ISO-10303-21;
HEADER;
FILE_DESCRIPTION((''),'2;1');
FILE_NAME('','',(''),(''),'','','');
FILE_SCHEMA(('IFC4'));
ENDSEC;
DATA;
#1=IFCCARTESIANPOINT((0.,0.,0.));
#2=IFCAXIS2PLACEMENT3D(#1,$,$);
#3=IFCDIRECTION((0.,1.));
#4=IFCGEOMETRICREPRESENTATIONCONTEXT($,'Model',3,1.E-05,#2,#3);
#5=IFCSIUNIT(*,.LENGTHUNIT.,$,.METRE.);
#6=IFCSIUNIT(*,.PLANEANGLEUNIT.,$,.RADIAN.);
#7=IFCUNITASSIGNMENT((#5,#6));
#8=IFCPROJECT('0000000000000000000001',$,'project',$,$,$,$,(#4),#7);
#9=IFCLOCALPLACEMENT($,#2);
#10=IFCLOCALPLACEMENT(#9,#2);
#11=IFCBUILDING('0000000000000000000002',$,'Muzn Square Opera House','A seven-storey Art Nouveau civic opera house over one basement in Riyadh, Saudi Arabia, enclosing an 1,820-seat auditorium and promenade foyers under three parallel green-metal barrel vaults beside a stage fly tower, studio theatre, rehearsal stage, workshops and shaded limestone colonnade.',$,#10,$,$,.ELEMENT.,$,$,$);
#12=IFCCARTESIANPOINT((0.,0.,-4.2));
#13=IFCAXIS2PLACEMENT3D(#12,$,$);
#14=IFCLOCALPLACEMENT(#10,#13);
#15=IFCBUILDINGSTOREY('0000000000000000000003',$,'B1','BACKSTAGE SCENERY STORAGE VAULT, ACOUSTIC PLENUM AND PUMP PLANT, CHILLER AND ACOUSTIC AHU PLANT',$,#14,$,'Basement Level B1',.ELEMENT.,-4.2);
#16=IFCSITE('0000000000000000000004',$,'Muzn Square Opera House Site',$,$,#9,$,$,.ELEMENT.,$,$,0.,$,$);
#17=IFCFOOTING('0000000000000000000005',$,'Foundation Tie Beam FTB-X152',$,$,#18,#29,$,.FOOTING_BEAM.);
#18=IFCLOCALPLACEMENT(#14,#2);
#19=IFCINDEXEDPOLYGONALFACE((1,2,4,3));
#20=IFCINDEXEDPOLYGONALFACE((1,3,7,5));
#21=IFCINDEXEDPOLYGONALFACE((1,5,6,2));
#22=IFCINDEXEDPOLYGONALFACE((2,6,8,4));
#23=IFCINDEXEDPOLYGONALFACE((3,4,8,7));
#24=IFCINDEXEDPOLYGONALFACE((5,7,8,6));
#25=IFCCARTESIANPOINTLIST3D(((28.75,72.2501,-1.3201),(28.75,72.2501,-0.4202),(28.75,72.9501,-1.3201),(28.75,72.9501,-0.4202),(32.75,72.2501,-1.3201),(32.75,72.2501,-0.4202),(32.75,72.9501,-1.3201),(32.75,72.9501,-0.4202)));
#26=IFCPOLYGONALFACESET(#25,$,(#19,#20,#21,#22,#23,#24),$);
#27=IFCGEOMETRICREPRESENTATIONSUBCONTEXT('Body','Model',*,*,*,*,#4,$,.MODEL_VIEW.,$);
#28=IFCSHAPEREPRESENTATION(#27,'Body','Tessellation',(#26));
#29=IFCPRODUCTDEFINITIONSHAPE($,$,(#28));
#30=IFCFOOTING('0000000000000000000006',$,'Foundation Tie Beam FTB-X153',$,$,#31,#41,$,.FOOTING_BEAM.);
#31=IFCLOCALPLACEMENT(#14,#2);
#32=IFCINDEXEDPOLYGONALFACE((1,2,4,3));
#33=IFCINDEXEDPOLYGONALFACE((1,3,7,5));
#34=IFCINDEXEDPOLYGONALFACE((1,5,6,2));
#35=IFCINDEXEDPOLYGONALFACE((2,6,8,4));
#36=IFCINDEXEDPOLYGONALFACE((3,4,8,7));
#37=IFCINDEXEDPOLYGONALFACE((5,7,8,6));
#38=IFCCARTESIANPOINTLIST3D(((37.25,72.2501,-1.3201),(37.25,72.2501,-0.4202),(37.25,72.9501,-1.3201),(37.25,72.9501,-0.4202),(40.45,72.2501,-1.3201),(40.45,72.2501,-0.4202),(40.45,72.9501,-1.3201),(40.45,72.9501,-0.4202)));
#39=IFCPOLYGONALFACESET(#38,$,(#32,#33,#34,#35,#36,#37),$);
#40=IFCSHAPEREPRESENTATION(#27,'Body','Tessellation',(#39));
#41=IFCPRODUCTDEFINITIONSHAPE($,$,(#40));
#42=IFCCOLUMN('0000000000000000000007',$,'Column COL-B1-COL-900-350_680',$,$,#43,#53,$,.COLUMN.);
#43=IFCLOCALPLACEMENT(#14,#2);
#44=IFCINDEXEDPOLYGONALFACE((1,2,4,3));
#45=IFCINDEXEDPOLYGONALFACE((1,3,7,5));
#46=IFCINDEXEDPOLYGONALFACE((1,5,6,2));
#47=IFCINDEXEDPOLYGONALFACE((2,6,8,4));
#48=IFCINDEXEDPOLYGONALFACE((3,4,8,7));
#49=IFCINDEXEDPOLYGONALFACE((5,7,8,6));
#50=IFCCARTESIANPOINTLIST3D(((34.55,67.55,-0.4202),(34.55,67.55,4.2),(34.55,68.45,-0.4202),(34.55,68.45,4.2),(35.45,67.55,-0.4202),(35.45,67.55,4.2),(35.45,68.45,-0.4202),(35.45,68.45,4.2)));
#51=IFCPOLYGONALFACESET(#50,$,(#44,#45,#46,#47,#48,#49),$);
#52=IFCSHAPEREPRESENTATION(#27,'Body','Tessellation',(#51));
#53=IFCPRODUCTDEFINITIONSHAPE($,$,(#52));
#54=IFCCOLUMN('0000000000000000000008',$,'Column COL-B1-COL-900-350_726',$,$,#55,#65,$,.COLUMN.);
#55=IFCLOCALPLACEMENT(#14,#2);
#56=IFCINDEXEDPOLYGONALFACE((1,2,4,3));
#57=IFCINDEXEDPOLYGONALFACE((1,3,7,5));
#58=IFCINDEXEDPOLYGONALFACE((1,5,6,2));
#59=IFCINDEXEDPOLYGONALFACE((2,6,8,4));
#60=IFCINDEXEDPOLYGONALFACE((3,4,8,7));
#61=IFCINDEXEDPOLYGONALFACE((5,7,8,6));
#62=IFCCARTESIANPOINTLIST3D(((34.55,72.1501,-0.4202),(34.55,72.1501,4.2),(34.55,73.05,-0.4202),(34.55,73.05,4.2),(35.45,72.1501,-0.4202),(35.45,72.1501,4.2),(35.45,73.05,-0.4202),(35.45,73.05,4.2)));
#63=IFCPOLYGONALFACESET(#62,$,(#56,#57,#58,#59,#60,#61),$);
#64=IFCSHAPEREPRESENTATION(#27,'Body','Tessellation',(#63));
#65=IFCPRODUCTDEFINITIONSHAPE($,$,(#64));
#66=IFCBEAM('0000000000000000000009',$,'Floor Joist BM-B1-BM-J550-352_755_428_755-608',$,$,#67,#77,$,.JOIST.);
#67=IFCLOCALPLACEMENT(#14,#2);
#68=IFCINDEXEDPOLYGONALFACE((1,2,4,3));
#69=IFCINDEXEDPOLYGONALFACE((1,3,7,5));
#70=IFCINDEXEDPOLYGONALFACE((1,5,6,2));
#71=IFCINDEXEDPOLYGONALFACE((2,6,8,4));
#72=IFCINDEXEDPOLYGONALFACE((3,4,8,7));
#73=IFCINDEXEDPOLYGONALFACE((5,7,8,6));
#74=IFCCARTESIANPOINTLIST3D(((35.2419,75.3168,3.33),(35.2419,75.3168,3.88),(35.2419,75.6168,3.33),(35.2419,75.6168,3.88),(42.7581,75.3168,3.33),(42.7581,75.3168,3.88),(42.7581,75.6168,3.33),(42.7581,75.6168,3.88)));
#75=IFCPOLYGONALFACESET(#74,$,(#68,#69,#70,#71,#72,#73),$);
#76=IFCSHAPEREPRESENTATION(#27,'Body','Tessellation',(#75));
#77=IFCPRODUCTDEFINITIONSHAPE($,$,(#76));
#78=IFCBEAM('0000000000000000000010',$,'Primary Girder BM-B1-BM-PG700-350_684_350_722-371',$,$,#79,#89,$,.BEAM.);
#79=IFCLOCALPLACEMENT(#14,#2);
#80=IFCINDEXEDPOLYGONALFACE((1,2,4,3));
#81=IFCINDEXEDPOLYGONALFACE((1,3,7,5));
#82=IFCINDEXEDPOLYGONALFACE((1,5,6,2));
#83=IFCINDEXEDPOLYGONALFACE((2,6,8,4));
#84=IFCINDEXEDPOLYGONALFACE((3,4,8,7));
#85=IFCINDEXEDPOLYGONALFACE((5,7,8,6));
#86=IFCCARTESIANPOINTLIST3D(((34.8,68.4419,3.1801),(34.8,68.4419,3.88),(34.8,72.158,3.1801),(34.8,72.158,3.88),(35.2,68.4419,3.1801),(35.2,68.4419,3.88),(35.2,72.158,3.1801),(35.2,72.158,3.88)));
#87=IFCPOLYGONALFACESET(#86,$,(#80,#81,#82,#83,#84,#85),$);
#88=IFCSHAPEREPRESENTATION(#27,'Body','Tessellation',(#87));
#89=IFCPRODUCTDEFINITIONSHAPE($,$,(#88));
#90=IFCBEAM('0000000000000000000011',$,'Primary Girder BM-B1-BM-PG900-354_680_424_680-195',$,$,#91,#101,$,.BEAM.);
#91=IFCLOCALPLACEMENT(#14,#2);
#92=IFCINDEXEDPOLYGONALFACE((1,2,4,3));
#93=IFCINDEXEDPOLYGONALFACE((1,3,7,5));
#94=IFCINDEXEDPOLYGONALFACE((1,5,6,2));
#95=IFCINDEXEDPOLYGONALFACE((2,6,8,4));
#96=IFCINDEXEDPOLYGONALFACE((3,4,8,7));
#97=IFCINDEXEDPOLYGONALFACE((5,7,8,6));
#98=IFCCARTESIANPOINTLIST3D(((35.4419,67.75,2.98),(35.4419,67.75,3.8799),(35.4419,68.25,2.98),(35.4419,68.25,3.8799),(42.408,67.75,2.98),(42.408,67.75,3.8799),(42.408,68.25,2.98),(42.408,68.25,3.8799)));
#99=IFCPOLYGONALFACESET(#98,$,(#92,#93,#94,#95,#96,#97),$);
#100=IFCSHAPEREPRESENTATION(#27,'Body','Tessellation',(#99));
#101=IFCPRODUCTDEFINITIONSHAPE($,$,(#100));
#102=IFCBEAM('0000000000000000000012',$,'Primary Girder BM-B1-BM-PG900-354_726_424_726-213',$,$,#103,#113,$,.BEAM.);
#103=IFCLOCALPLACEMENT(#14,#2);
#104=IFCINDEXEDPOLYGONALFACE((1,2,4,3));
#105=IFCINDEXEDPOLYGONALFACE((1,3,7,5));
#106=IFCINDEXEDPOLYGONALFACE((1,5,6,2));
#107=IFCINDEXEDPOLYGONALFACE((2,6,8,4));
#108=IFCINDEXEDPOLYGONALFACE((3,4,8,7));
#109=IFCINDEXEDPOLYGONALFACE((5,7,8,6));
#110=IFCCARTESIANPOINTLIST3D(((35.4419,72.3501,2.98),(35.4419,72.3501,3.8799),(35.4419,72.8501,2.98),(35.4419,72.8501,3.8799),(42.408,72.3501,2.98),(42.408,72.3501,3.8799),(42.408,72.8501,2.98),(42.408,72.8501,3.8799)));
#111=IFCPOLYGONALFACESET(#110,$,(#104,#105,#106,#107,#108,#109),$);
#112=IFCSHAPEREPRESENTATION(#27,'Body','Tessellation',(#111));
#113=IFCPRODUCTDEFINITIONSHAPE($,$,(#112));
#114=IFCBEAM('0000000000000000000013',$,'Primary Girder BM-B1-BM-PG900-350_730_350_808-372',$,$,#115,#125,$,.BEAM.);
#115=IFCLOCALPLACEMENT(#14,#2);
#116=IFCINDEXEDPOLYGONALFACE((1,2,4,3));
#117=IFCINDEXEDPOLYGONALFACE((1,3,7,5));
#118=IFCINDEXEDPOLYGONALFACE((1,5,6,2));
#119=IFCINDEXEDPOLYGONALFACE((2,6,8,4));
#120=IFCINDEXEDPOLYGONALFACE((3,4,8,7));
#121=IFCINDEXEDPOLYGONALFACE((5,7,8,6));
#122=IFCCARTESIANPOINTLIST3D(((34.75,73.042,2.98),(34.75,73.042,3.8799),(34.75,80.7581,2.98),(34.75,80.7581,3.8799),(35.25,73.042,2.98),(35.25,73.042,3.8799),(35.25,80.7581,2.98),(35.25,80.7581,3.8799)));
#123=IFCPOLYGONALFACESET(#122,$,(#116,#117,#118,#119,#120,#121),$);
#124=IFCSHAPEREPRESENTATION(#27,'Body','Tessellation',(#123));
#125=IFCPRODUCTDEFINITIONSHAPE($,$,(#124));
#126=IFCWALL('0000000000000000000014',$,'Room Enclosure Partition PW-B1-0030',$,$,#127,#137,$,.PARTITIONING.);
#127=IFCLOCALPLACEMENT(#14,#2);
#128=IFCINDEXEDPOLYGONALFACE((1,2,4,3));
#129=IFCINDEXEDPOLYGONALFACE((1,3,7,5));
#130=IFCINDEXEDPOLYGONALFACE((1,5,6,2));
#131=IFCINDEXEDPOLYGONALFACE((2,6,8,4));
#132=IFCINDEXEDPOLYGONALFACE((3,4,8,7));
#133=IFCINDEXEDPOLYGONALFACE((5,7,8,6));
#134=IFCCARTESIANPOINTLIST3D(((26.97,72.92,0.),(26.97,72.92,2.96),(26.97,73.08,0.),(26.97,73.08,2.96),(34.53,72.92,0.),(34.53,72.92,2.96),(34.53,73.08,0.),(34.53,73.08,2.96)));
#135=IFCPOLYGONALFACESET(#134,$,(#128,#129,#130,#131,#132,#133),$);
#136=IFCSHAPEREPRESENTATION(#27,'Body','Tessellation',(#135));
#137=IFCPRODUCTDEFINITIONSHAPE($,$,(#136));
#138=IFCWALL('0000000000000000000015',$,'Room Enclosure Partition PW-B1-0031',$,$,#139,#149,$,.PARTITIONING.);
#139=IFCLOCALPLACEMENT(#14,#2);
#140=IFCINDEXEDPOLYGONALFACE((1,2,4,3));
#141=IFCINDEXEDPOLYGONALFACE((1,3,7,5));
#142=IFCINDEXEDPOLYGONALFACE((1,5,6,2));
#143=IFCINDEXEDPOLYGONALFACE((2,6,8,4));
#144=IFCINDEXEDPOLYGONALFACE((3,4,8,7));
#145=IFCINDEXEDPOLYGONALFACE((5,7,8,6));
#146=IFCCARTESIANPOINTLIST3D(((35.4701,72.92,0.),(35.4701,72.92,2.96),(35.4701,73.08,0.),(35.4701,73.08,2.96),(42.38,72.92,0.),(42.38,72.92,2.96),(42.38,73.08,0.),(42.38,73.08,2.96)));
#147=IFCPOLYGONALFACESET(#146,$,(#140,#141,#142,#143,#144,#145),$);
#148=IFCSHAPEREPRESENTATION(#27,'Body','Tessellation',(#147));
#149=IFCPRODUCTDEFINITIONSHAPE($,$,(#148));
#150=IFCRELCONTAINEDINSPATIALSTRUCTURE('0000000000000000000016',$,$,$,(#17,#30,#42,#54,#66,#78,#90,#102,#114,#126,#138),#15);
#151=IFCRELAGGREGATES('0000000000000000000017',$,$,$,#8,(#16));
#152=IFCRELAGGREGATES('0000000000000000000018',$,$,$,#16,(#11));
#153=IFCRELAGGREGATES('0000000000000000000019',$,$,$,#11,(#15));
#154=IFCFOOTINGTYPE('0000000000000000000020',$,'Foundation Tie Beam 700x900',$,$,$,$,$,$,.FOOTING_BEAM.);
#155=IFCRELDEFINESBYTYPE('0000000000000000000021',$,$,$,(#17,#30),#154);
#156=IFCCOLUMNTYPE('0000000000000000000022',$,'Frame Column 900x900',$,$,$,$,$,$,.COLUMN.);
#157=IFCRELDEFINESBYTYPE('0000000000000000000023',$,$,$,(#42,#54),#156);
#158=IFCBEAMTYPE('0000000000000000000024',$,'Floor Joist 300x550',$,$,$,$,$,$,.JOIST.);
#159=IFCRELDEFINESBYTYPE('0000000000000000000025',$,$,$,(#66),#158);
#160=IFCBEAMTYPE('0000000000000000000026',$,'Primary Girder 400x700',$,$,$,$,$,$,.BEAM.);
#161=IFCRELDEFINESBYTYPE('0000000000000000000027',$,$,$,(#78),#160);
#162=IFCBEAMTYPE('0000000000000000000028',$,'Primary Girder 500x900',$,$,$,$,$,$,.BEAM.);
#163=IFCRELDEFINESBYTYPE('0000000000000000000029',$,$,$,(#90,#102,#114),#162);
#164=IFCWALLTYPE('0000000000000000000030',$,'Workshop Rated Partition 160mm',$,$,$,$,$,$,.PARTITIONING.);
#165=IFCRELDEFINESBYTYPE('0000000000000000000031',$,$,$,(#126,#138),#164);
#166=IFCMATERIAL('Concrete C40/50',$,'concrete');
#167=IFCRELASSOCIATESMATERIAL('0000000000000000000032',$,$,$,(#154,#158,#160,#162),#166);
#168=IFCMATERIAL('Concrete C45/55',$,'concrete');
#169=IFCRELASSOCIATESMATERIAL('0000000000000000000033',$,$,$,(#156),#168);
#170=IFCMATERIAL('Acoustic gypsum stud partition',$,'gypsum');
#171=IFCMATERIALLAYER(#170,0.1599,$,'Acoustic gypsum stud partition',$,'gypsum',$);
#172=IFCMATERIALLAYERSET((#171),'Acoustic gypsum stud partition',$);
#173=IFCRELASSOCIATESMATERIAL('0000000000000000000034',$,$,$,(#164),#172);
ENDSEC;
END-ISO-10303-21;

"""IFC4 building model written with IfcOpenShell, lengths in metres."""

from ifc_helpers import new_model, si_unit, direction, frame, frame_2d, origin, origin_2d, place, context, subcontext, project, spatial, rectangle, extrude, material, layer, layer_set, material_profile, profile_set, type_object, element, save


model = new_model("IFC4")

# Units and contexts
model_context = context("Model", 3, precision=1e-05, world=origin(), true_north=direction((0.0, 1.0)))
body_context = subcontext(model_context, "Body", "Model", "MODEL_VIEW")
ifc_project = project(units=[si_unit("LENGTHUNIT", "METRE"), si_unit("PLANEANGLEUNIT", "RADIAN")], contexts=[model_context])

# Site, building, storey
site_placement = place(None, origin())
site = spatial("IfcSite", under=ifc_project, at=site_placement, Name="Muzn Square Opera House Site", CompositionType="ELEMENT", RefElevation=0.0)
building_placement = place(site_placement, origin())
building = spatial("IfcBuilding", under=site, at=building_placement, Name="Muzn Square Opera House", Description="A seven-storey Art Nouveau civic opera house over one basement in Riyadh, Saudi Arabia, enclosing an 1,820-seat auditorium and promenade foyers under three parallel green-metal barrel vaults beside a stage fly tower, studio theatre, rehearsal stage, workshops and shaded limestone colonnade.", CompositionType="ELEMENT")
storey_placement = place(building_placement, frame((0.0, 0.0, -4.2)))
storey = spatial("IfcBuildingStorey", under=building, at=storey_placement, Name="B1", Description="BACKSTAGE SCENERY STORAGE VAULT, ACOUSTIC PLENUM AND PUMP PLANT, CHILLER AND ACOUSTIC AHU PLANT", LongName="Basement Level B1", CompositionType="ELEMENT", Elevation=-4.2)

# Shared definitions
ifc_material_1 = material(Name="Concrete C40/50", Category="concrete")

# Footings
ifc_material_profile_1 = material_profile(ifc_material_1, rectangle(XDim=0.7, YDim=0.8999, at=origin_2d()), Name="RCTB 700x900", Category="concrete")
ifc_profile_set_1 = profile_set([ifc_material_profile_1], Name="Concrete C40/50")
footing_type_1 = type_object("IfcFootingType", Name="Foundation Tie Beam 700x900", PredefinedType="FOOTING_BEAM", material=ifc_profile_set_1)
footing_1_placement = place(storey_placement, frame((28.75, 72.6001, -0.8701), z_axis=(1.0, 0.0, 0.0), x_axis=(0.0, 1.0, 0.0)))
element("IfcFooting", 1, at=footing_1_placement, inside=storey, type_object=footing_type_1, Name="Foundation Tie Beam FTB-X152", PredefinedType="FOOTING_BEAM", context=body_context, shape_type="SweptSolid", body=[
    extrude(rectangle(XDim=0.7, YDim=0.8999, at=origin_2d()), origin(), (0.0, 0.0, 1.0), 4.0),
])
footing_2_placement = place(storey_placement, frame((37.25, 72.6001, -0.8701), z_axis=(1.0, 0.0, 0.0), x_axis=(0.0, 1.0, 0.0)))
element("IfcFooting", 2, at=footing_2_placement, inside=storey, type_object=footing_type_1, Name="Foundation Tie Beam FTB-X153", PredefinedType="FOOTING_BEAM", context=body_context, shape_type="SweptSolid", body=[
    extrude(rectangle(XDim=0.7, YDim=0.8999, at=origin_2d()), origin(), (0.0, 0.0, 1.0), 3.2),
])

# Columns
ifc_material_2 = material(Name="Concrete C45/55", Category="concrete")
ifc_material_profile_2 = material_profile(ifc_material_2, rectangle(XDim=0.8999, YDim=0.8999, at=origin_2d()), Name="RC 900x900", Category="concrete")
ifc_profile_set_2 = profile_set([ifc_material_profile_2], Name="Concrete C45/55")
column_type = type_object("IfcColumnType", Name="Frame Column 900x900", PredefinedType="COLUMN", material=ifc_profile_set_2)
for number, where, z_axis, x_axis, name in (
    (3, (35.0, 68.0, -0.4202), (0.0, 0.0, 1.0), (1.0, 0.0, 0.0), "Column COL-B1-COL-900-350_680"),
    (4, (35.0, 72.6001, -0.4202), (0.0, 0.0, 1.0), (1.0, 0.0, 0.0), "Column COL-B1-COL-900-350_726"),
):
    element("IfcColumn", number, at=place(storey_placement, frame(where, z_axis=z_axis, x_axis=x_axis)), inside=storey, type_object=column_type, Name=name, PredefinedType="COLUMN", context=body_context, shape_type="SweptSolid", body=[
        extrude(rectangle(XDim=0.8999, YDim=0.8999, at=origin_2d()), origin(), (0.0, 0.0, 1.0), 4.6201),
    ])

# Beams
ifc_material_profile_3 = material_profile(ifc_material_1, rectangle(XDim=0.3, YDim=0.55, at=origin_2d()), Name="RCJ 300x550", Category="concrete")
ifc_profile_set_3 = profile_set([ifc_material_profile_3], Name="Concrete C40/50")
beam_type_1 = type_object("IfcBeamType", Name="Floor Joist 300x550", PredefinedType="JOIST", material=ifc_profile_set_3)
beam_1_placement = place(storey_placement, frame((35.2419, 75.4668, 3.605), z_axis=(1.0, 0.0, 0.0), x_axis=(0.0, 1.0, 0.0)))
element("IfcBeam", 5, at=beam_1_placement, inside=storey, type_object=beam_type_1, Name="Floor Joist BM-B1-BM-J550-352_755_428_755-608", PredefinedType="JOIST", context=body_context, shape_type="SweptSolid", body=[
    extrude(rectangle(XDim=0.3, YDim=0.55, at=origin_2d()), origin(), (0.0, 0.0, 1.0), 7.5161),
])
ifc_material_profile_4 = material_profile(ifc_material_1, rectangle(XDim=0.3999, YDim=0.7, at=origin_2d()), Name="RCB 400x700", Category="concrete")
ifc_profile_set_4 = profile_set([ifc_material_profile_4], Name="Concrete C40/50")
beam_type_2 = type_object("IfcBeamType", Name="Primary Girder 400x700", PredefinedType="BEAM", material=ifc_profile_set_4)
beam_2_placement = place(storey_placement, frame((35.0, 68.4419, 3.53), z_axis=(0.0, 1.0, 0.0), x_axis=(-1.0, 0.0, 0.0)))
element("IfcBeam", 6, at=beam_2_placement, inside=storey, type_object=beam_type_2, Name="Primary Girder BM-B1-BM-PG700-350_684_350_722-371", PredefinedType="BEAM", context=body_context, shape_type="SweptSolid", body=[
    extrude(rectangle(XDim=0.3999, YDim=0.7, at=origin_2d()), origin(), (0.0, 0.0, 1.0), 3.7161),
])
ifc_material_profile_5 = material_profile(ifc_material_1, rectangle(XDim=0.5, YDim=0.8999, at=origin_2d()), Name="RCB 500x900", Category="concrete")
ifc_profile_set_5 = profile_set([ifc_material_profile_5], Name="Concrete C40/50")
beam_type_3 = type_object("IfcBeamType", Name="Primary Girder 500x900", PredefinedType="BEAM", material=ifc_profile_set_5)
for number, where, z_axis, x_axis, name in (
    (7, (35.4419, 68.0, 3.4299), (1.0, 0.0, 0.0), (0.0, 1.0, 0.0), "Primary Girder BM-B1-BM-PG900-354_680_424_680-195"),
    (8, (35.4419, 72.6001, 3.4299), (1.0, 0.0, 0.0), (0.0, 1.0, 0.0), "Primary Girder BM-B1-BM-PG900-354_726_424_726-213"),
):
    element("IfcBeam", number, at=place(storey_placement, frame(where, z_axis=z_axis, x_axis=x_axis)), inside=storey, type_object=beam_type_3, Name=name, PredefinedType="BEAM", context=body_context, shape_type="SweptSolid", body=[
        extrude(rectangle(XDim=0.5, YDim=0.8999, at=origin_2d()), origin(), (0.0, 0.0, 1.0), 6.9661),
    ])
beam_3_placement = place(storey_placement, frame((35.0, 73.042, 3.4299), z_axis=(0.0, 1.0, 0.0), x_axis=(-1.0, 0.0, 0.0)))
element("IfcBeam", 9, at=beam_3_placement, inside=storey, type_object=beam_type_3, Name="Primary Girder BM-B1-BM-PG900-350_730_350_808-372", PredefinedType="BEAM", context=body_context, shape_type="SweptSolid", body=[
    extrude(rectangle(XDim=0.5, YDim=0.8999, at=origin_2d()), origin(), (0.0, 0.0, 1.0), 7.7161),
])

# Walls
ifc_material_3 = material(Name="Acoustic gypsum stud partition", Category="gypsum")
ifc_layer = layer(ifc_material_3, 0.1599, Name="Acoustic gypsum stud partition", Category="gypsum")
ifc_layer_set = layer_set([ifc_layer], Name="Acoustic gypsum stud partition")
wall_type = type_object("IfcWallType", Name="Workshop Rated Partition 160mm", PredefinedType="PARTITIONING", material=ifc_layer_set)
wall_1_placement = place(storey_placement, frame((26.97, 73.0, 0.0), z_axis=(0.0, 0.0, 1.0), x_axis=(1.0, 0.0, 0.0)))
element("IfcWall", 10, at=wall_1_placement, inside=storey, type_object=wall_type, Name="Room Enclosure Partition PW-B1-0030", PredefinedType="PARTITIONING", context=body_context, shape_type="SweptSolid", body=[
    extrude(rectangle(XDim=7.5601, YDim=0.1599, at=frame_2d((3.78, 0.0))), origin(), (0.0, 0.0, 1.0), 2.96),
])
wall_2_placement = place(storey_placement, frame((35.47, 73.0, 0.0), z_axis=(0.0, 0.0, 1.0), x_axis=(1.0, 0.0, 0.0)))
element("IfcWall", 11, at=wall_2_placement, inside=storey, type_object=wall_type, Name="Room Enclosure Partition PW-B1-0031", PredefinedType="PARTITIONING", context=body_context, shape_type="SweptSolid", body=[
    extrude(rectangle(XDim=6.9099, YDim=0.1599, at=frame_2d((3.4551, 0.0))), origin(), (0.0, 0.0, 1.0), 2.96),
])

save(model, "model.ifc")
